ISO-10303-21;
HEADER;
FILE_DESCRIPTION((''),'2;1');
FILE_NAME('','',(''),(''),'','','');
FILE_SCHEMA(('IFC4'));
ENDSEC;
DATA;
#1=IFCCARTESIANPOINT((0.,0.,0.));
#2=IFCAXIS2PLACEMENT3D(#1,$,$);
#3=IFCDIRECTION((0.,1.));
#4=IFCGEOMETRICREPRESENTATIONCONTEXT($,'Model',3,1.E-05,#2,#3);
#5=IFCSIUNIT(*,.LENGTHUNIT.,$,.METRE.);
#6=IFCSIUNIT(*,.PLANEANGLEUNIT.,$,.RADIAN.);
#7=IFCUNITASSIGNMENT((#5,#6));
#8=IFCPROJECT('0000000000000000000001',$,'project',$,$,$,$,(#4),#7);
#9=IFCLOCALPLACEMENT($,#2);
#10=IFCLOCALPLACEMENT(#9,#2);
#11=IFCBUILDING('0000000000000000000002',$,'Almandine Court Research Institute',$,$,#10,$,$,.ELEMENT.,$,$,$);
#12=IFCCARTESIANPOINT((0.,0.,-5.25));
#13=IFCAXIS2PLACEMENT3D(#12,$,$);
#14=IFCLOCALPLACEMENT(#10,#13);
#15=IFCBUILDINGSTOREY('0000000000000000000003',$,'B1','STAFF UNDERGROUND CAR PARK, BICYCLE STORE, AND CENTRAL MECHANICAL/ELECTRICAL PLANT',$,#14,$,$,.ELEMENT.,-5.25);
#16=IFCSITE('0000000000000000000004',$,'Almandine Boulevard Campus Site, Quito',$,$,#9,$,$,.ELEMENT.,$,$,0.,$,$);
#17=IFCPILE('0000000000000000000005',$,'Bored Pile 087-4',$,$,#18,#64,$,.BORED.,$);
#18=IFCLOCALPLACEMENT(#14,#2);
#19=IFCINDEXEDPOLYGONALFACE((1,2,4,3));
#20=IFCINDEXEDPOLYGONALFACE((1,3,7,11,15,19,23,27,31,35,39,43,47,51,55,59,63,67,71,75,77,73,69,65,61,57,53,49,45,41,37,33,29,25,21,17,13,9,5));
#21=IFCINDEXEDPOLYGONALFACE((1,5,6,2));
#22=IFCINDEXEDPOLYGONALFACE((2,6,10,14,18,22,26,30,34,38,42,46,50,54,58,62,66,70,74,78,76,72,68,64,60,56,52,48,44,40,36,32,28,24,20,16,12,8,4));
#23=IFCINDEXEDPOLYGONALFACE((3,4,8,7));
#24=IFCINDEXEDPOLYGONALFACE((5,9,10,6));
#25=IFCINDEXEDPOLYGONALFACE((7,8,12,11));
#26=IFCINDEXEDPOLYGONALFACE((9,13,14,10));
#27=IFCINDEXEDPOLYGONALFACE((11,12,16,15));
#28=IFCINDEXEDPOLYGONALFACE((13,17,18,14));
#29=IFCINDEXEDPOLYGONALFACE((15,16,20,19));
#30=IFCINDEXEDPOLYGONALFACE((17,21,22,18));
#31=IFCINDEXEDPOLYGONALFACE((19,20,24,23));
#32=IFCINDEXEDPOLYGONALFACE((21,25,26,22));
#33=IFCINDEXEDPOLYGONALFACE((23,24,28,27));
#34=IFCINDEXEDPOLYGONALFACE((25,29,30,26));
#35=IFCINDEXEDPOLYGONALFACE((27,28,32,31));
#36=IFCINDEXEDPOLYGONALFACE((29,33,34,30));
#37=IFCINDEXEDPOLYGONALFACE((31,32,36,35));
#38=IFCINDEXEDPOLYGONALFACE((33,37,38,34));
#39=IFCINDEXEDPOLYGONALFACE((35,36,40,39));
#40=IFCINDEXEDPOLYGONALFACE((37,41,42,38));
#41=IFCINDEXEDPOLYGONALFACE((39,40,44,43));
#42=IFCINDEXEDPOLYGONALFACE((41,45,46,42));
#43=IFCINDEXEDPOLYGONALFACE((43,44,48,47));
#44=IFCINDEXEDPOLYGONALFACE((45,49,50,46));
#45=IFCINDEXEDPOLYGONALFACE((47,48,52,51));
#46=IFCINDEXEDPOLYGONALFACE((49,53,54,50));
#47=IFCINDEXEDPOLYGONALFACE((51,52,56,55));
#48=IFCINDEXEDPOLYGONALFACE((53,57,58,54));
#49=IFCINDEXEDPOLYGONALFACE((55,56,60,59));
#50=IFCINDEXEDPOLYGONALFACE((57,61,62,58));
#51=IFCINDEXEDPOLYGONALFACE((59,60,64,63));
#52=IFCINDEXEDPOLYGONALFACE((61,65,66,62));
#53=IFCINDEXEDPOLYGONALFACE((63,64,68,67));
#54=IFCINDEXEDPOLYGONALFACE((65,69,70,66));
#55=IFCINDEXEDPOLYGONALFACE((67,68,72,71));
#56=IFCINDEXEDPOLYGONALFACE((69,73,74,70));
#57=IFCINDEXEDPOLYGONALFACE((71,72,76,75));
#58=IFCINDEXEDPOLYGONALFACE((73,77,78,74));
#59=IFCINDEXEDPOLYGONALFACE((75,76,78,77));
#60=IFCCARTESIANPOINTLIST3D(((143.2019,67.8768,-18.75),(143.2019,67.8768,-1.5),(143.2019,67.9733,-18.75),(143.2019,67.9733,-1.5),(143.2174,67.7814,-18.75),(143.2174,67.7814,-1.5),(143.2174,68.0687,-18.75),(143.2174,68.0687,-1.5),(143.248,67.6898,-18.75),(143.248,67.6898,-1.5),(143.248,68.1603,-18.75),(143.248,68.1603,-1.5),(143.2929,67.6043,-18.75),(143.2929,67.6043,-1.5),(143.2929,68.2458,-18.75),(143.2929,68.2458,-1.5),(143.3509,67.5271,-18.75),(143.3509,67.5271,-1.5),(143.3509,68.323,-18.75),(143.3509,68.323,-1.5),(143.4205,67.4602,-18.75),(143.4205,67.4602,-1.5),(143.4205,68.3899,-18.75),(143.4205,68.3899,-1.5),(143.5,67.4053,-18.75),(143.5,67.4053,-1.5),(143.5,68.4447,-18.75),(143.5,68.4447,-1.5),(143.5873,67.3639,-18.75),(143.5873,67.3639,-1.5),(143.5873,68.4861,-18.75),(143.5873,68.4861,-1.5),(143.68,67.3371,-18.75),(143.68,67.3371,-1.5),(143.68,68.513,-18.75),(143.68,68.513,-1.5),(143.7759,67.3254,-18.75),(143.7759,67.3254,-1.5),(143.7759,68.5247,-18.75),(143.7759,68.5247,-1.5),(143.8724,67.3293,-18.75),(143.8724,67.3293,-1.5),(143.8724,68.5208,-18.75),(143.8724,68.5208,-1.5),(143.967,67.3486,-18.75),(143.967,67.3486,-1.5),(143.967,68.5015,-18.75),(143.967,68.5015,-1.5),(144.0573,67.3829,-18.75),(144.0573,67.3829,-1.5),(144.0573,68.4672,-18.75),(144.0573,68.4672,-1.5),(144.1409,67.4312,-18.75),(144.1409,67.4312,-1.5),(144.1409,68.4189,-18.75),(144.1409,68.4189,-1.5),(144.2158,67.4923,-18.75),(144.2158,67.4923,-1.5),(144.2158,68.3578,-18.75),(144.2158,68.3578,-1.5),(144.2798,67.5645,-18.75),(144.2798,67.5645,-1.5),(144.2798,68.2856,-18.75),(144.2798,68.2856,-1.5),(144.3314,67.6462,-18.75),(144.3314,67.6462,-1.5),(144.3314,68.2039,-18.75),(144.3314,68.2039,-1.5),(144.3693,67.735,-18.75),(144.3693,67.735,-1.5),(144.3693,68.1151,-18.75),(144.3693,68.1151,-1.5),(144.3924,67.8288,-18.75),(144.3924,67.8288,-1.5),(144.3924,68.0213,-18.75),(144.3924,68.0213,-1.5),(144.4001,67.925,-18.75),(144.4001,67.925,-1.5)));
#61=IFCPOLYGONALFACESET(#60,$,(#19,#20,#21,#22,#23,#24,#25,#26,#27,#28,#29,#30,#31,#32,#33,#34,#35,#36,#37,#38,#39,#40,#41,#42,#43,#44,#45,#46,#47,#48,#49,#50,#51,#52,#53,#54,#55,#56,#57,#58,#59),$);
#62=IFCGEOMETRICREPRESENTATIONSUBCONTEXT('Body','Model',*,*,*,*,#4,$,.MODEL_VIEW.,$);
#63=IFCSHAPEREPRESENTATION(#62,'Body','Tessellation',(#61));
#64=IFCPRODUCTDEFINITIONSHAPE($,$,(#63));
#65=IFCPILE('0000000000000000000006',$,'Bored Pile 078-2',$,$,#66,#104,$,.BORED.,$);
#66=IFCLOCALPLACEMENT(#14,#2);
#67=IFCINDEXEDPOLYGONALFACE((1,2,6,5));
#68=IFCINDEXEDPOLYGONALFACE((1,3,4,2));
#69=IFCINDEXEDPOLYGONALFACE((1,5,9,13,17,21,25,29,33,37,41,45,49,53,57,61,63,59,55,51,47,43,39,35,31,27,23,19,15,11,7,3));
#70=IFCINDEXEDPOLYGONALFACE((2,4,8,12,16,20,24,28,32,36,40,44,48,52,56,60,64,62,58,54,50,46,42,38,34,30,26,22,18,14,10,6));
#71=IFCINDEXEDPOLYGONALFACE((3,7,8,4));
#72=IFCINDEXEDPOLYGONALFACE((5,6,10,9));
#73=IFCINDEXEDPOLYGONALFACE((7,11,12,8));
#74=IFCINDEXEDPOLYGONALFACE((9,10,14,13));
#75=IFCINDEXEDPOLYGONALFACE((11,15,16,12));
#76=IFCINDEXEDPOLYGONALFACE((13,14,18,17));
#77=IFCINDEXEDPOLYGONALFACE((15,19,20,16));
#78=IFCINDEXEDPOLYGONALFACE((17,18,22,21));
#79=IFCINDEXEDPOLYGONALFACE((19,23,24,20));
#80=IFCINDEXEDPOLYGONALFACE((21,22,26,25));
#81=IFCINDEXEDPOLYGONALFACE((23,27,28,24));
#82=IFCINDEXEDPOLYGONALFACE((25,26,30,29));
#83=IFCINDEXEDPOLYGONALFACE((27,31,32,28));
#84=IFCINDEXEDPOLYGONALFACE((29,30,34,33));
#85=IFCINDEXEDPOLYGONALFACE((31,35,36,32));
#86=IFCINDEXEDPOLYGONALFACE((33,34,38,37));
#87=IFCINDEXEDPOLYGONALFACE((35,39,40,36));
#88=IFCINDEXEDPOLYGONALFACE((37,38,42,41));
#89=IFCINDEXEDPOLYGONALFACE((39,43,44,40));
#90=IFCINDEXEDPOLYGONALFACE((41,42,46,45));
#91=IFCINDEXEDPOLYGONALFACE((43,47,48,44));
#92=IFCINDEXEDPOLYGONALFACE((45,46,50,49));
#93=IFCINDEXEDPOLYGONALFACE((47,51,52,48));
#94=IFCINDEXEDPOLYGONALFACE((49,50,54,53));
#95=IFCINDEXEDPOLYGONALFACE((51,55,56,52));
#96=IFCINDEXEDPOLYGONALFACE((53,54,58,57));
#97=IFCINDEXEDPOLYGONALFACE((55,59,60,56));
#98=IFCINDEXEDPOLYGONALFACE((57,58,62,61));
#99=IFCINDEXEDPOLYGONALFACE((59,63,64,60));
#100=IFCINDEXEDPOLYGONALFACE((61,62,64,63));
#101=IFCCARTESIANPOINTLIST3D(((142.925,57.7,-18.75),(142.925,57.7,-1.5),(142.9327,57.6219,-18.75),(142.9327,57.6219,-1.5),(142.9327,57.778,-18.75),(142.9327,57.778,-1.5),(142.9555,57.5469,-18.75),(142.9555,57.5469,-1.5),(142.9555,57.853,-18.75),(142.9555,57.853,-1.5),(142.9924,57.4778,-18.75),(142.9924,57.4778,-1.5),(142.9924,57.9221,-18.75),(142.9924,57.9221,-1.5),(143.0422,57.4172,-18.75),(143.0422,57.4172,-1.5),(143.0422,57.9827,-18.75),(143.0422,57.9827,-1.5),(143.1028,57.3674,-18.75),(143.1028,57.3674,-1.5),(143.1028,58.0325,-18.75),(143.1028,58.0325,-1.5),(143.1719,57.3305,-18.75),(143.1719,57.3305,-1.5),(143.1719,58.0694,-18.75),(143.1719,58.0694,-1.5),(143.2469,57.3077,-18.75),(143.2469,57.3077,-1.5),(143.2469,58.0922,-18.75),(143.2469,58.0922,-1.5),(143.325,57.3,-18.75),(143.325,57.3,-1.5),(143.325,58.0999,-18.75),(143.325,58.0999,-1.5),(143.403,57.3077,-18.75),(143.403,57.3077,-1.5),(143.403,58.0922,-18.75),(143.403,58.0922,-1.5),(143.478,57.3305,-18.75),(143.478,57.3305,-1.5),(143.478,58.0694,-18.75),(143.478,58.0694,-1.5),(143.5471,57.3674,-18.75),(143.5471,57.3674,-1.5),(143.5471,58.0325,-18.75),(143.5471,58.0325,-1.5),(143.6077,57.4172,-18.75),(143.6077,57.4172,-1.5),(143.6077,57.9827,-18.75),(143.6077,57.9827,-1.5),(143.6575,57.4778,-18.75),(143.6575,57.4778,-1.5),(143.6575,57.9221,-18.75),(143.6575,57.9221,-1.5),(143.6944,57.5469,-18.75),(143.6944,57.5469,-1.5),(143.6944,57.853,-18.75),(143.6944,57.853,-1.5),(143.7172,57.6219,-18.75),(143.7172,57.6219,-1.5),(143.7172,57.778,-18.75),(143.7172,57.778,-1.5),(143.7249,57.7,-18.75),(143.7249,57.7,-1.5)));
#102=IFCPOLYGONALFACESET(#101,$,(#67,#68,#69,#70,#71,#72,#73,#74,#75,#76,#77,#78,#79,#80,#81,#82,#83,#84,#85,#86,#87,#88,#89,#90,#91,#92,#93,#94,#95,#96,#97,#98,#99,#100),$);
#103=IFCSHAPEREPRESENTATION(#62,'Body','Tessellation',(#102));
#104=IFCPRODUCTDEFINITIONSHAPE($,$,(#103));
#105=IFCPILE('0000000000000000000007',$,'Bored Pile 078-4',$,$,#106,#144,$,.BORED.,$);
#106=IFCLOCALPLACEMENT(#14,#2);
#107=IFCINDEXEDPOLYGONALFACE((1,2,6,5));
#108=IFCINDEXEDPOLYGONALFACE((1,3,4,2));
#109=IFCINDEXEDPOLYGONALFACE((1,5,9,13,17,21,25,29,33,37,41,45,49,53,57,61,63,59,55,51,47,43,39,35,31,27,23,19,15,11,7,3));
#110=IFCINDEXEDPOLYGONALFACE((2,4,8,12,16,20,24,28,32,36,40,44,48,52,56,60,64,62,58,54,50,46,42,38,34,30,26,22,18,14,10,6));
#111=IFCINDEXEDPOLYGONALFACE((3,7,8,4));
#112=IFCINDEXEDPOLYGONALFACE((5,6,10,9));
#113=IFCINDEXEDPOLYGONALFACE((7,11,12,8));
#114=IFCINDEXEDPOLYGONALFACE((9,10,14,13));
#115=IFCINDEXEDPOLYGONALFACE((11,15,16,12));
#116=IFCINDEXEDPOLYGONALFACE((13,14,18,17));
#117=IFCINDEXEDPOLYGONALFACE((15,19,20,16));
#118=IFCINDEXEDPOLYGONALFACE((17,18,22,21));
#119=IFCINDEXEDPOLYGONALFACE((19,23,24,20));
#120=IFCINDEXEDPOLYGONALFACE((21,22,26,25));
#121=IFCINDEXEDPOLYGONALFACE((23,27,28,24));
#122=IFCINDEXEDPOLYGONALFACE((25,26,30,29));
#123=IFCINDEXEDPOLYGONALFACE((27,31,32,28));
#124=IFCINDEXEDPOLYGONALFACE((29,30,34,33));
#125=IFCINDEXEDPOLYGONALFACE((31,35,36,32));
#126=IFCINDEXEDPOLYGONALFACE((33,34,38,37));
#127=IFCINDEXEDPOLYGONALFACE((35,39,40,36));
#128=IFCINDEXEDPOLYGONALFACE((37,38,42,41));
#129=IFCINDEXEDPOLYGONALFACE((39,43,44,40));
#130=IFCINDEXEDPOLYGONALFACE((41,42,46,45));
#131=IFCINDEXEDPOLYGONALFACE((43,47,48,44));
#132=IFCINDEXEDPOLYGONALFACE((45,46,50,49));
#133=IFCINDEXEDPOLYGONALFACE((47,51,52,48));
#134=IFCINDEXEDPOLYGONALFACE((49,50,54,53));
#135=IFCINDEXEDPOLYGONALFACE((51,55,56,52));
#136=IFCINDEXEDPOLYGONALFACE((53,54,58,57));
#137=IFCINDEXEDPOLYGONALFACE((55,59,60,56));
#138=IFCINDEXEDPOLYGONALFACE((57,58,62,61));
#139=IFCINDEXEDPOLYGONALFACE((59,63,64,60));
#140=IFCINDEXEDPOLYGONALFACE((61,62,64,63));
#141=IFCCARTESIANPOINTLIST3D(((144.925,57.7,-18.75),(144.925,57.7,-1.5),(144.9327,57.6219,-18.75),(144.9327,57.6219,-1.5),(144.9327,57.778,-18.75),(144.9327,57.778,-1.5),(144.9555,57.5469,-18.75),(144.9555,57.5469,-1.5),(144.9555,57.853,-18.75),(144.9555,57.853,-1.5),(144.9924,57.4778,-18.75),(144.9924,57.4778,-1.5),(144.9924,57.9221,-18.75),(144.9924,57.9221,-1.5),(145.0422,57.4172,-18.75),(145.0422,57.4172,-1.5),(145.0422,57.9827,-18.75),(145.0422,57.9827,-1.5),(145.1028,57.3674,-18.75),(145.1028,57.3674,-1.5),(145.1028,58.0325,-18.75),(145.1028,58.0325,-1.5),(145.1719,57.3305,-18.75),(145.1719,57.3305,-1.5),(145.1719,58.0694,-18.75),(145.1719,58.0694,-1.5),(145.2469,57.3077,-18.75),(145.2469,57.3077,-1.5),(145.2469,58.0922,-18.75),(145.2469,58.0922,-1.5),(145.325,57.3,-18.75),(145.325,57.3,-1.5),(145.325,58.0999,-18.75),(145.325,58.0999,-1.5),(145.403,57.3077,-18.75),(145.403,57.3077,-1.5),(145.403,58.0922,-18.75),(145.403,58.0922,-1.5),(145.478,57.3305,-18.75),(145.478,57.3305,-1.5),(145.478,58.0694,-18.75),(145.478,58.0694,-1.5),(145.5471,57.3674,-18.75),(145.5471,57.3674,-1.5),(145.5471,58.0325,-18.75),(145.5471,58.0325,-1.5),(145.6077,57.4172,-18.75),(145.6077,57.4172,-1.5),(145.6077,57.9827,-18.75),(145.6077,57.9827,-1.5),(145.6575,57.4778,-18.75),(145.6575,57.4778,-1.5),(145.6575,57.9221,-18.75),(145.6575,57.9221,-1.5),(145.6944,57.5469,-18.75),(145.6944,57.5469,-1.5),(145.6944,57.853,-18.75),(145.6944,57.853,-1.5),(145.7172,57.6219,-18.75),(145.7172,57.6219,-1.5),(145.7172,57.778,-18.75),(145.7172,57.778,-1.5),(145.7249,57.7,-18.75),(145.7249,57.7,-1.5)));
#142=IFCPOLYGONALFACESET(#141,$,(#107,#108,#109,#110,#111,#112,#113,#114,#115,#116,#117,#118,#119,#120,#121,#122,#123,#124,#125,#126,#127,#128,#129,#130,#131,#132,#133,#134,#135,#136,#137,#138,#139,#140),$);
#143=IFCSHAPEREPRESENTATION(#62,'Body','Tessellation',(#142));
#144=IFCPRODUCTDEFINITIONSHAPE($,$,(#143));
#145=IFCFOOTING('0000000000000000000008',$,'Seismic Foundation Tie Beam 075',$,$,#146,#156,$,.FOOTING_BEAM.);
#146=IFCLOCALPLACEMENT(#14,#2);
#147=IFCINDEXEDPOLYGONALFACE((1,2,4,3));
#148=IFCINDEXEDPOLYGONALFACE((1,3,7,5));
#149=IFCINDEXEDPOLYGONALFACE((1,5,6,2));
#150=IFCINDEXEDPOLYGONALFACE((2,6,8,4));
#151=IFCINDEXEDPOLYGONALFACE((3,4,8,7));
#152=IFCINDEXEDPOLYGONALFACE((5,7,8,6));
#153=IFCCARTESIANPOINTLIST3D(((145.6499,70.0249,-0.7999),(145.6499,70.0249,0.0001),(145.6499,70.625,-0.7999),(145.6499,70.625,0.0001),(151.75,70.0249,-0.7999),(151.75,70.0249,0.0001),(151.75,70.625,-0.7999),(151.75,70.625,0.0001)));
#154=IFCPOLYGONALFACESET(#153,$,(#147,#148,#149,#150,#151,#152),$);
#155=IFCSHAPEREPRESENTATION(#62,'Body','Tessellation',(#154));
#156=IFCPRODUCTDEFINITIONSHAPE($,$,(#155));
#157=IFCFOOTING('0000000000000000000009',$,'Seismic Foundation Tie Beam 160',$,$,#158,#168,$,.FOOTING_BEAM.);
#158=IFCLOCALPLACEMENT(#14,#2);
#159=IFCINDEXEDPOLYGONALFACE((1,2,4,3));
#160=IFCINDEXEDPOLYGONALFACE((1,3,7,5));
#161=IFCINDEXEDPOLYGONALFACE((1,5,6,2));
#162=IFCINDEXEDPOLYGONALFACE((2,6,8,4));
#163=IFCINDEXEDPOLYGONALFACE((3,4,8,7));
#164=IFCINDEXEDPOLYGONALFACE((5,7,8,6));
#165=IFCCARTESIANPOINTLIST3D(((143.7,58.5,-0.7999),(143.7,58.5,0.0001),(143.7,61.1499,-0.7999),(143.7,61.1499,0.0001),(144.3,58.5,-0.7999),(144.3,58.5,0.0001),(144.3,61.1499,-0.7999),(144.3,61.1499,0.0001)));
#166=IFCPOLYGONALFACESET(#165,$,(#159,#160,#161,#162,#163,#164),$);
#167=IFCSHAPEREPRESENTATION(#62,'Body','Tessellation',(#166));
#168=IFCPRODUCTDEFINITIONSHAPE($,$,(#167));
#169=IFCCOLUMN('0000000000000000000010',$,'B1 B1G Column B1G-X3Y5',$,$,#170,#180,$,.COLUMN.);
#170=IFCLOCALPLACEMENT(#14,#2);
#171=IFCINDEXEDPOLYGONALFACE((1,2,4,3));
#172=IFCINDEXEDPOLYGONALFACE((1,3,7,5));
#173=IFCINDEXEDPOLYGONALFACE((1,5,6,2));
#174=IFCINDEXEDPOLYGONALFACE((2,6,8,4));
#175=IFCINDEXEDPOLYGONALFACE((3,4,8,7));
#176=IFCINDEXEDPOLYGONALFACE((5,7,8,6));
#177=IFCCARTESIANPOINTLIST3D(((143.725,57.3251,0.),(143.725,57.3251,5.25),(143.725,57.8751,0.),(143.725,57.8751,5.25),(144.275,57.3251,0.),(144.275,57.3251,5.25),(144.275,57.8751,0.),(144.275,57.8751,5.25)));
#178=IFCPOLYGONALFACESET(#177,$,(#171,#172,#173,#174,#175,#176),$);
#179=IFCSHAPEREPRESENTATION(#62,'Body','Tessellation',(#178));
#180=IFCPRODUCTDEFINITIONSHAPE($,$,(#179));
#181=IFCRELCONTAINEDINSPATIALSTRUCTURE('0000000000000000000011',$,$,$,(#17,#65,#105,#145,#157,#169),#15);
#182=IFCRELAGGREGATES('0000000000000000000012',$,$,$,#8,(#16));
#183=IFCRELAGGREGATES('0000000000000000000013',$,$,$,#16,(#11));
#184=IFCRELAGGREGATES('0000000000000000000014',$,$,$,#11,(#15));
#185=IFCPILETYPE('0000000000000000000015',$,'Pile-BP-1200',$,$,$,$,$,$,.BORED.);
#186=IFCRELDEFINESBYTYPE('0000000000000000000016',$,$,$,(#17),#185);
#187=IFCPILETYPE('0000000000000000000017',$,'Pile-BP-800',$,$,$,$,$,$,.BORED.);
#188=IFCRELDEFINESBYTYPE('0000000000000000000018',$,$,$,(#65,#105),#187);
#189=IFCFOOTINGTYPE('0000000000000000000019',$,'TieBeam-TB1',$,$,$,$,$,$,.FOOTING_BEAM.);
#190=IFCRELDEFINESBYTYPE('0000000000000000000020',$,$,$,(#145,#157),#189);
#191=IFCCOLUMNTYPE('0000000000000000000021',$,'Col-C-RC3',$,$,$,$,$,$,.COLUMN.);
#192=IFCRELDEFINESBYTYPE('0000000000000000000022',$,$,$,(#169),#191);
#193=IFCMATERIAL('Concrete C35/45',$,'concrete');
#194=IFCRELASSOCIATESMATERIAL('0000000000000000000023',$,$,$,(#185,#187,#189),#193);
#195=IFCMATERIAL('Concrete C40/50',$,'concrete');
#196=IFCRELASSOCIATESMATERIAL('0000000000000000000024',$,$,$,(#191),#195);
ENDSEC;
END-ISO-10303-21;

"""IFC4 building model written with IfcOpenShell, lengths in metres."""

from ifc_helpers import new_model, si_unit, direction, frame, origin, origin_2d, place, context, subcontext, project, spatial, rectangle, circle, extrude, material, material_profile, profile_set, type_object, element, save


model = new_model("IFC4")

# Units and contexts
model_context = context("Model", 3, precision=1e-05, world=origin(), true_north=direction((0.0, 1.0)))
body_context = subcontext(model_context, "Body", "Model", "MODEL_VIEW")
ifc_project = project(units=[si_unit("LENGTHUNIT", "METRE"), si_unit("PLANEANGLEUNIT", "RADIAN")], contexts=[model_context])

# Site, building, storey
site_placement = place(None, origin())
site = spatial("IfcSite", under=ifc_project, at=site_placement, Name="Almandine Boulevard Campus Site, Quito", CompositionType="ELEMENT", RefElevation=0.0)
building_placement = place(site_placement, origin())
building = spatial("IfcBuilding", under=site, at=building_placement, Name="Almandine Court Research Institute", CompositionType="ELEMENT")
storey_placement = place(building_placement, frame((0.0, 0.0, -5.25)))
storey = spatial("IfcBuildingStorey", under=building, at=storey_placement, Name="B1", Description="STAFF UNDERGROUND CAR PARK, BICYCLE STORE, AND CENTRAL MECHANICAL/ELECTRICAL PLANT", CompositionType="ELEMENT", Elevation=-5.25)

# Shared definitions
ifc_material_1 = material(Name="Concrete C35/45", Category="concrete")

# Piles
ifc_material_profile_1 = material_profile(ifc_material_1, circle(Radius=0.6001, at=origin_2d()), Name="BORED PILE D1200")
ifc_profile_set_1 = profile_set([ifc_material_profile_1], Name="Concrete C35/45")
pile_type_1 = type_object("IfcPileType", Name="Pile-BP-1200", PredefinedType="BORED", material=ifc_profile_set_1)
for number, where, z_axis, x_axis, name in (
    (1, (143.8, 67.925, -1.5), (0.0, 0.0, -1.0), (1.0, 0.0, 0.0), "Bored Pile 087-4"),
):
    element("IfcPile", number, at=place(storey_placement, frame(where, z_axis=z_axis, x_axis=x_axis)), inside=storey, type_object=pile_type_1, Name=name, PredefinedType="BORED", context=body_context, shape_type="SweptSolid", body=[
        extrude(circle(Radius=0.6001, at=origin_2d()), origin(), (0.0, 0.0, 1.0), 17.25),
    ])
ifc_material_profile_2 = material_profile(ifc_material_1, circle(Radius=0.3999, at=origin_2d()), Name="BORED PILE D800")
ifc_profile_set_2 = profile_set([ifc_material_profile_2], Name="Concrete C35/45")
pile_type_2 = type_object("IfcPileType", Name="Pile-BP-800", PredefinedType="BORED", material=ifc_profile_set_2)
for number, where, z_axis, x_axis, name in (
    (2, (143.325, 57.7, -1.5), (0.0, 0.0, -1.0), (1.0, 0.0, 0.0), "Bored Pile 078-2"),
    (3, (145.325, 57.7, -1.5), (0.0, 0.0, -1.0), (1.0, 0.0, 0.0), "Bored Pile 078-4"),
):
    element("IfcPile", number, at=place(storey_placement, frame(where, z_axis=z_axis, x_axis=x_axis)), inside=storey, type_object=pile_type_2, Name=name, PredefinedType="BORED", context=body_context, shape_type="SweptSolid", body=[
        extrude(circle(Radius=0.3999, at=origin_2d()), origin(), (0.0, 0.0, 1.0), 17.25),
    ])

# Footings
ifc_material_profile_3 = material_profile(ifc_material_1, rectangle(XDim=0.6001, YDim=0.8, at=origin_2d()), Name="RC TIE 600x800")
ifc_profile_set_3 = profile_set([ifc_material_profile_3], Name="Concrete C35/45")
footing_type_1 = type_object("IfcFootingType", Name="TieBeam-TB1", PredefinedType="FOOTING_BEAM", material=ifc_profile_set_3)
footing_1_placement = place(storey_placement, frame((145.6499, 70.325, -0.3999), z_axis=(1.0, 0.0, 0.0), x_axis=(0.0, 1.0, 0.0)))
element("IfcFooting", 4, at=footing_1_placement, inside=storey, type_object=footing_type_1, Name="Seismic Foundation Tie Beam 075", PredefinedType="FOOTING_BEAM", context=body_context, shape_type="SweptSolid", body=[
    extrude(rectangle(XDim=0.6001, YDim=0.8, at=origin_2d()), origin(), (0.0, 0.0, 1.0), 6.1001),
])
footing_2_placement = place(storey_placement, frame((144.0, 58.5, -0.3999), z_axis=(0.0, 1.0, 0.0), x_axis=(-1.0, 0.0, 0.0)))
element("IfcFooting", 5, at=footing_2_placement, inside=storey, type_object=footing_type_1, Name="Seismic Foundation Tie Beam 160", PredefinedType="FOOTING_BEAM", context=body_context, shape_type="SweptSolid", body=[
    extrude(rectangle(XDim=0.6001, YDim=0.8, at=origin_2d()), origin(), (0.0, 0.0, 1.0), 2.6499),
])

# Column
ifc_material_2 = material(Name="Concrete C40/50", Category="concrete")
ifc_material_profile_4 = material_profile(ifc_material_2, rectangle(XDim=0.55, YDim=0.55, at=origin_2d()), Name="RC 550x550")
ifc_profile_set_4 = profile_set([ifc_material_profile_4], Name="Concrete C40/50")
column_type = type_object("IfcColumnType", Name="Col-C-RC3", PredefinedType="COLUMN", material=ifc_profile_set_4)
column_placement = place(storey_placement, frame((144.0, 57.6001, 0.0), z_axis=(0.0, 0.0, 1.0), x_axis=(1.0, 0.0, 0.0)))
element("IfcColumn", 6, at=column_placement, inside=storey, type_object=column_type, Name="B1 B1G Column B1G-X3Y5", PredefinedType="COLUMN", context=body_context, shape_type="SweptSolid", body=[
    extrude(rectangle(XDim=0.55, YDim=0.55, at=origin_2d()), origin(), (0.0, 0.0, 1.0), 5.25),
])

save(model, "model.ifc")
